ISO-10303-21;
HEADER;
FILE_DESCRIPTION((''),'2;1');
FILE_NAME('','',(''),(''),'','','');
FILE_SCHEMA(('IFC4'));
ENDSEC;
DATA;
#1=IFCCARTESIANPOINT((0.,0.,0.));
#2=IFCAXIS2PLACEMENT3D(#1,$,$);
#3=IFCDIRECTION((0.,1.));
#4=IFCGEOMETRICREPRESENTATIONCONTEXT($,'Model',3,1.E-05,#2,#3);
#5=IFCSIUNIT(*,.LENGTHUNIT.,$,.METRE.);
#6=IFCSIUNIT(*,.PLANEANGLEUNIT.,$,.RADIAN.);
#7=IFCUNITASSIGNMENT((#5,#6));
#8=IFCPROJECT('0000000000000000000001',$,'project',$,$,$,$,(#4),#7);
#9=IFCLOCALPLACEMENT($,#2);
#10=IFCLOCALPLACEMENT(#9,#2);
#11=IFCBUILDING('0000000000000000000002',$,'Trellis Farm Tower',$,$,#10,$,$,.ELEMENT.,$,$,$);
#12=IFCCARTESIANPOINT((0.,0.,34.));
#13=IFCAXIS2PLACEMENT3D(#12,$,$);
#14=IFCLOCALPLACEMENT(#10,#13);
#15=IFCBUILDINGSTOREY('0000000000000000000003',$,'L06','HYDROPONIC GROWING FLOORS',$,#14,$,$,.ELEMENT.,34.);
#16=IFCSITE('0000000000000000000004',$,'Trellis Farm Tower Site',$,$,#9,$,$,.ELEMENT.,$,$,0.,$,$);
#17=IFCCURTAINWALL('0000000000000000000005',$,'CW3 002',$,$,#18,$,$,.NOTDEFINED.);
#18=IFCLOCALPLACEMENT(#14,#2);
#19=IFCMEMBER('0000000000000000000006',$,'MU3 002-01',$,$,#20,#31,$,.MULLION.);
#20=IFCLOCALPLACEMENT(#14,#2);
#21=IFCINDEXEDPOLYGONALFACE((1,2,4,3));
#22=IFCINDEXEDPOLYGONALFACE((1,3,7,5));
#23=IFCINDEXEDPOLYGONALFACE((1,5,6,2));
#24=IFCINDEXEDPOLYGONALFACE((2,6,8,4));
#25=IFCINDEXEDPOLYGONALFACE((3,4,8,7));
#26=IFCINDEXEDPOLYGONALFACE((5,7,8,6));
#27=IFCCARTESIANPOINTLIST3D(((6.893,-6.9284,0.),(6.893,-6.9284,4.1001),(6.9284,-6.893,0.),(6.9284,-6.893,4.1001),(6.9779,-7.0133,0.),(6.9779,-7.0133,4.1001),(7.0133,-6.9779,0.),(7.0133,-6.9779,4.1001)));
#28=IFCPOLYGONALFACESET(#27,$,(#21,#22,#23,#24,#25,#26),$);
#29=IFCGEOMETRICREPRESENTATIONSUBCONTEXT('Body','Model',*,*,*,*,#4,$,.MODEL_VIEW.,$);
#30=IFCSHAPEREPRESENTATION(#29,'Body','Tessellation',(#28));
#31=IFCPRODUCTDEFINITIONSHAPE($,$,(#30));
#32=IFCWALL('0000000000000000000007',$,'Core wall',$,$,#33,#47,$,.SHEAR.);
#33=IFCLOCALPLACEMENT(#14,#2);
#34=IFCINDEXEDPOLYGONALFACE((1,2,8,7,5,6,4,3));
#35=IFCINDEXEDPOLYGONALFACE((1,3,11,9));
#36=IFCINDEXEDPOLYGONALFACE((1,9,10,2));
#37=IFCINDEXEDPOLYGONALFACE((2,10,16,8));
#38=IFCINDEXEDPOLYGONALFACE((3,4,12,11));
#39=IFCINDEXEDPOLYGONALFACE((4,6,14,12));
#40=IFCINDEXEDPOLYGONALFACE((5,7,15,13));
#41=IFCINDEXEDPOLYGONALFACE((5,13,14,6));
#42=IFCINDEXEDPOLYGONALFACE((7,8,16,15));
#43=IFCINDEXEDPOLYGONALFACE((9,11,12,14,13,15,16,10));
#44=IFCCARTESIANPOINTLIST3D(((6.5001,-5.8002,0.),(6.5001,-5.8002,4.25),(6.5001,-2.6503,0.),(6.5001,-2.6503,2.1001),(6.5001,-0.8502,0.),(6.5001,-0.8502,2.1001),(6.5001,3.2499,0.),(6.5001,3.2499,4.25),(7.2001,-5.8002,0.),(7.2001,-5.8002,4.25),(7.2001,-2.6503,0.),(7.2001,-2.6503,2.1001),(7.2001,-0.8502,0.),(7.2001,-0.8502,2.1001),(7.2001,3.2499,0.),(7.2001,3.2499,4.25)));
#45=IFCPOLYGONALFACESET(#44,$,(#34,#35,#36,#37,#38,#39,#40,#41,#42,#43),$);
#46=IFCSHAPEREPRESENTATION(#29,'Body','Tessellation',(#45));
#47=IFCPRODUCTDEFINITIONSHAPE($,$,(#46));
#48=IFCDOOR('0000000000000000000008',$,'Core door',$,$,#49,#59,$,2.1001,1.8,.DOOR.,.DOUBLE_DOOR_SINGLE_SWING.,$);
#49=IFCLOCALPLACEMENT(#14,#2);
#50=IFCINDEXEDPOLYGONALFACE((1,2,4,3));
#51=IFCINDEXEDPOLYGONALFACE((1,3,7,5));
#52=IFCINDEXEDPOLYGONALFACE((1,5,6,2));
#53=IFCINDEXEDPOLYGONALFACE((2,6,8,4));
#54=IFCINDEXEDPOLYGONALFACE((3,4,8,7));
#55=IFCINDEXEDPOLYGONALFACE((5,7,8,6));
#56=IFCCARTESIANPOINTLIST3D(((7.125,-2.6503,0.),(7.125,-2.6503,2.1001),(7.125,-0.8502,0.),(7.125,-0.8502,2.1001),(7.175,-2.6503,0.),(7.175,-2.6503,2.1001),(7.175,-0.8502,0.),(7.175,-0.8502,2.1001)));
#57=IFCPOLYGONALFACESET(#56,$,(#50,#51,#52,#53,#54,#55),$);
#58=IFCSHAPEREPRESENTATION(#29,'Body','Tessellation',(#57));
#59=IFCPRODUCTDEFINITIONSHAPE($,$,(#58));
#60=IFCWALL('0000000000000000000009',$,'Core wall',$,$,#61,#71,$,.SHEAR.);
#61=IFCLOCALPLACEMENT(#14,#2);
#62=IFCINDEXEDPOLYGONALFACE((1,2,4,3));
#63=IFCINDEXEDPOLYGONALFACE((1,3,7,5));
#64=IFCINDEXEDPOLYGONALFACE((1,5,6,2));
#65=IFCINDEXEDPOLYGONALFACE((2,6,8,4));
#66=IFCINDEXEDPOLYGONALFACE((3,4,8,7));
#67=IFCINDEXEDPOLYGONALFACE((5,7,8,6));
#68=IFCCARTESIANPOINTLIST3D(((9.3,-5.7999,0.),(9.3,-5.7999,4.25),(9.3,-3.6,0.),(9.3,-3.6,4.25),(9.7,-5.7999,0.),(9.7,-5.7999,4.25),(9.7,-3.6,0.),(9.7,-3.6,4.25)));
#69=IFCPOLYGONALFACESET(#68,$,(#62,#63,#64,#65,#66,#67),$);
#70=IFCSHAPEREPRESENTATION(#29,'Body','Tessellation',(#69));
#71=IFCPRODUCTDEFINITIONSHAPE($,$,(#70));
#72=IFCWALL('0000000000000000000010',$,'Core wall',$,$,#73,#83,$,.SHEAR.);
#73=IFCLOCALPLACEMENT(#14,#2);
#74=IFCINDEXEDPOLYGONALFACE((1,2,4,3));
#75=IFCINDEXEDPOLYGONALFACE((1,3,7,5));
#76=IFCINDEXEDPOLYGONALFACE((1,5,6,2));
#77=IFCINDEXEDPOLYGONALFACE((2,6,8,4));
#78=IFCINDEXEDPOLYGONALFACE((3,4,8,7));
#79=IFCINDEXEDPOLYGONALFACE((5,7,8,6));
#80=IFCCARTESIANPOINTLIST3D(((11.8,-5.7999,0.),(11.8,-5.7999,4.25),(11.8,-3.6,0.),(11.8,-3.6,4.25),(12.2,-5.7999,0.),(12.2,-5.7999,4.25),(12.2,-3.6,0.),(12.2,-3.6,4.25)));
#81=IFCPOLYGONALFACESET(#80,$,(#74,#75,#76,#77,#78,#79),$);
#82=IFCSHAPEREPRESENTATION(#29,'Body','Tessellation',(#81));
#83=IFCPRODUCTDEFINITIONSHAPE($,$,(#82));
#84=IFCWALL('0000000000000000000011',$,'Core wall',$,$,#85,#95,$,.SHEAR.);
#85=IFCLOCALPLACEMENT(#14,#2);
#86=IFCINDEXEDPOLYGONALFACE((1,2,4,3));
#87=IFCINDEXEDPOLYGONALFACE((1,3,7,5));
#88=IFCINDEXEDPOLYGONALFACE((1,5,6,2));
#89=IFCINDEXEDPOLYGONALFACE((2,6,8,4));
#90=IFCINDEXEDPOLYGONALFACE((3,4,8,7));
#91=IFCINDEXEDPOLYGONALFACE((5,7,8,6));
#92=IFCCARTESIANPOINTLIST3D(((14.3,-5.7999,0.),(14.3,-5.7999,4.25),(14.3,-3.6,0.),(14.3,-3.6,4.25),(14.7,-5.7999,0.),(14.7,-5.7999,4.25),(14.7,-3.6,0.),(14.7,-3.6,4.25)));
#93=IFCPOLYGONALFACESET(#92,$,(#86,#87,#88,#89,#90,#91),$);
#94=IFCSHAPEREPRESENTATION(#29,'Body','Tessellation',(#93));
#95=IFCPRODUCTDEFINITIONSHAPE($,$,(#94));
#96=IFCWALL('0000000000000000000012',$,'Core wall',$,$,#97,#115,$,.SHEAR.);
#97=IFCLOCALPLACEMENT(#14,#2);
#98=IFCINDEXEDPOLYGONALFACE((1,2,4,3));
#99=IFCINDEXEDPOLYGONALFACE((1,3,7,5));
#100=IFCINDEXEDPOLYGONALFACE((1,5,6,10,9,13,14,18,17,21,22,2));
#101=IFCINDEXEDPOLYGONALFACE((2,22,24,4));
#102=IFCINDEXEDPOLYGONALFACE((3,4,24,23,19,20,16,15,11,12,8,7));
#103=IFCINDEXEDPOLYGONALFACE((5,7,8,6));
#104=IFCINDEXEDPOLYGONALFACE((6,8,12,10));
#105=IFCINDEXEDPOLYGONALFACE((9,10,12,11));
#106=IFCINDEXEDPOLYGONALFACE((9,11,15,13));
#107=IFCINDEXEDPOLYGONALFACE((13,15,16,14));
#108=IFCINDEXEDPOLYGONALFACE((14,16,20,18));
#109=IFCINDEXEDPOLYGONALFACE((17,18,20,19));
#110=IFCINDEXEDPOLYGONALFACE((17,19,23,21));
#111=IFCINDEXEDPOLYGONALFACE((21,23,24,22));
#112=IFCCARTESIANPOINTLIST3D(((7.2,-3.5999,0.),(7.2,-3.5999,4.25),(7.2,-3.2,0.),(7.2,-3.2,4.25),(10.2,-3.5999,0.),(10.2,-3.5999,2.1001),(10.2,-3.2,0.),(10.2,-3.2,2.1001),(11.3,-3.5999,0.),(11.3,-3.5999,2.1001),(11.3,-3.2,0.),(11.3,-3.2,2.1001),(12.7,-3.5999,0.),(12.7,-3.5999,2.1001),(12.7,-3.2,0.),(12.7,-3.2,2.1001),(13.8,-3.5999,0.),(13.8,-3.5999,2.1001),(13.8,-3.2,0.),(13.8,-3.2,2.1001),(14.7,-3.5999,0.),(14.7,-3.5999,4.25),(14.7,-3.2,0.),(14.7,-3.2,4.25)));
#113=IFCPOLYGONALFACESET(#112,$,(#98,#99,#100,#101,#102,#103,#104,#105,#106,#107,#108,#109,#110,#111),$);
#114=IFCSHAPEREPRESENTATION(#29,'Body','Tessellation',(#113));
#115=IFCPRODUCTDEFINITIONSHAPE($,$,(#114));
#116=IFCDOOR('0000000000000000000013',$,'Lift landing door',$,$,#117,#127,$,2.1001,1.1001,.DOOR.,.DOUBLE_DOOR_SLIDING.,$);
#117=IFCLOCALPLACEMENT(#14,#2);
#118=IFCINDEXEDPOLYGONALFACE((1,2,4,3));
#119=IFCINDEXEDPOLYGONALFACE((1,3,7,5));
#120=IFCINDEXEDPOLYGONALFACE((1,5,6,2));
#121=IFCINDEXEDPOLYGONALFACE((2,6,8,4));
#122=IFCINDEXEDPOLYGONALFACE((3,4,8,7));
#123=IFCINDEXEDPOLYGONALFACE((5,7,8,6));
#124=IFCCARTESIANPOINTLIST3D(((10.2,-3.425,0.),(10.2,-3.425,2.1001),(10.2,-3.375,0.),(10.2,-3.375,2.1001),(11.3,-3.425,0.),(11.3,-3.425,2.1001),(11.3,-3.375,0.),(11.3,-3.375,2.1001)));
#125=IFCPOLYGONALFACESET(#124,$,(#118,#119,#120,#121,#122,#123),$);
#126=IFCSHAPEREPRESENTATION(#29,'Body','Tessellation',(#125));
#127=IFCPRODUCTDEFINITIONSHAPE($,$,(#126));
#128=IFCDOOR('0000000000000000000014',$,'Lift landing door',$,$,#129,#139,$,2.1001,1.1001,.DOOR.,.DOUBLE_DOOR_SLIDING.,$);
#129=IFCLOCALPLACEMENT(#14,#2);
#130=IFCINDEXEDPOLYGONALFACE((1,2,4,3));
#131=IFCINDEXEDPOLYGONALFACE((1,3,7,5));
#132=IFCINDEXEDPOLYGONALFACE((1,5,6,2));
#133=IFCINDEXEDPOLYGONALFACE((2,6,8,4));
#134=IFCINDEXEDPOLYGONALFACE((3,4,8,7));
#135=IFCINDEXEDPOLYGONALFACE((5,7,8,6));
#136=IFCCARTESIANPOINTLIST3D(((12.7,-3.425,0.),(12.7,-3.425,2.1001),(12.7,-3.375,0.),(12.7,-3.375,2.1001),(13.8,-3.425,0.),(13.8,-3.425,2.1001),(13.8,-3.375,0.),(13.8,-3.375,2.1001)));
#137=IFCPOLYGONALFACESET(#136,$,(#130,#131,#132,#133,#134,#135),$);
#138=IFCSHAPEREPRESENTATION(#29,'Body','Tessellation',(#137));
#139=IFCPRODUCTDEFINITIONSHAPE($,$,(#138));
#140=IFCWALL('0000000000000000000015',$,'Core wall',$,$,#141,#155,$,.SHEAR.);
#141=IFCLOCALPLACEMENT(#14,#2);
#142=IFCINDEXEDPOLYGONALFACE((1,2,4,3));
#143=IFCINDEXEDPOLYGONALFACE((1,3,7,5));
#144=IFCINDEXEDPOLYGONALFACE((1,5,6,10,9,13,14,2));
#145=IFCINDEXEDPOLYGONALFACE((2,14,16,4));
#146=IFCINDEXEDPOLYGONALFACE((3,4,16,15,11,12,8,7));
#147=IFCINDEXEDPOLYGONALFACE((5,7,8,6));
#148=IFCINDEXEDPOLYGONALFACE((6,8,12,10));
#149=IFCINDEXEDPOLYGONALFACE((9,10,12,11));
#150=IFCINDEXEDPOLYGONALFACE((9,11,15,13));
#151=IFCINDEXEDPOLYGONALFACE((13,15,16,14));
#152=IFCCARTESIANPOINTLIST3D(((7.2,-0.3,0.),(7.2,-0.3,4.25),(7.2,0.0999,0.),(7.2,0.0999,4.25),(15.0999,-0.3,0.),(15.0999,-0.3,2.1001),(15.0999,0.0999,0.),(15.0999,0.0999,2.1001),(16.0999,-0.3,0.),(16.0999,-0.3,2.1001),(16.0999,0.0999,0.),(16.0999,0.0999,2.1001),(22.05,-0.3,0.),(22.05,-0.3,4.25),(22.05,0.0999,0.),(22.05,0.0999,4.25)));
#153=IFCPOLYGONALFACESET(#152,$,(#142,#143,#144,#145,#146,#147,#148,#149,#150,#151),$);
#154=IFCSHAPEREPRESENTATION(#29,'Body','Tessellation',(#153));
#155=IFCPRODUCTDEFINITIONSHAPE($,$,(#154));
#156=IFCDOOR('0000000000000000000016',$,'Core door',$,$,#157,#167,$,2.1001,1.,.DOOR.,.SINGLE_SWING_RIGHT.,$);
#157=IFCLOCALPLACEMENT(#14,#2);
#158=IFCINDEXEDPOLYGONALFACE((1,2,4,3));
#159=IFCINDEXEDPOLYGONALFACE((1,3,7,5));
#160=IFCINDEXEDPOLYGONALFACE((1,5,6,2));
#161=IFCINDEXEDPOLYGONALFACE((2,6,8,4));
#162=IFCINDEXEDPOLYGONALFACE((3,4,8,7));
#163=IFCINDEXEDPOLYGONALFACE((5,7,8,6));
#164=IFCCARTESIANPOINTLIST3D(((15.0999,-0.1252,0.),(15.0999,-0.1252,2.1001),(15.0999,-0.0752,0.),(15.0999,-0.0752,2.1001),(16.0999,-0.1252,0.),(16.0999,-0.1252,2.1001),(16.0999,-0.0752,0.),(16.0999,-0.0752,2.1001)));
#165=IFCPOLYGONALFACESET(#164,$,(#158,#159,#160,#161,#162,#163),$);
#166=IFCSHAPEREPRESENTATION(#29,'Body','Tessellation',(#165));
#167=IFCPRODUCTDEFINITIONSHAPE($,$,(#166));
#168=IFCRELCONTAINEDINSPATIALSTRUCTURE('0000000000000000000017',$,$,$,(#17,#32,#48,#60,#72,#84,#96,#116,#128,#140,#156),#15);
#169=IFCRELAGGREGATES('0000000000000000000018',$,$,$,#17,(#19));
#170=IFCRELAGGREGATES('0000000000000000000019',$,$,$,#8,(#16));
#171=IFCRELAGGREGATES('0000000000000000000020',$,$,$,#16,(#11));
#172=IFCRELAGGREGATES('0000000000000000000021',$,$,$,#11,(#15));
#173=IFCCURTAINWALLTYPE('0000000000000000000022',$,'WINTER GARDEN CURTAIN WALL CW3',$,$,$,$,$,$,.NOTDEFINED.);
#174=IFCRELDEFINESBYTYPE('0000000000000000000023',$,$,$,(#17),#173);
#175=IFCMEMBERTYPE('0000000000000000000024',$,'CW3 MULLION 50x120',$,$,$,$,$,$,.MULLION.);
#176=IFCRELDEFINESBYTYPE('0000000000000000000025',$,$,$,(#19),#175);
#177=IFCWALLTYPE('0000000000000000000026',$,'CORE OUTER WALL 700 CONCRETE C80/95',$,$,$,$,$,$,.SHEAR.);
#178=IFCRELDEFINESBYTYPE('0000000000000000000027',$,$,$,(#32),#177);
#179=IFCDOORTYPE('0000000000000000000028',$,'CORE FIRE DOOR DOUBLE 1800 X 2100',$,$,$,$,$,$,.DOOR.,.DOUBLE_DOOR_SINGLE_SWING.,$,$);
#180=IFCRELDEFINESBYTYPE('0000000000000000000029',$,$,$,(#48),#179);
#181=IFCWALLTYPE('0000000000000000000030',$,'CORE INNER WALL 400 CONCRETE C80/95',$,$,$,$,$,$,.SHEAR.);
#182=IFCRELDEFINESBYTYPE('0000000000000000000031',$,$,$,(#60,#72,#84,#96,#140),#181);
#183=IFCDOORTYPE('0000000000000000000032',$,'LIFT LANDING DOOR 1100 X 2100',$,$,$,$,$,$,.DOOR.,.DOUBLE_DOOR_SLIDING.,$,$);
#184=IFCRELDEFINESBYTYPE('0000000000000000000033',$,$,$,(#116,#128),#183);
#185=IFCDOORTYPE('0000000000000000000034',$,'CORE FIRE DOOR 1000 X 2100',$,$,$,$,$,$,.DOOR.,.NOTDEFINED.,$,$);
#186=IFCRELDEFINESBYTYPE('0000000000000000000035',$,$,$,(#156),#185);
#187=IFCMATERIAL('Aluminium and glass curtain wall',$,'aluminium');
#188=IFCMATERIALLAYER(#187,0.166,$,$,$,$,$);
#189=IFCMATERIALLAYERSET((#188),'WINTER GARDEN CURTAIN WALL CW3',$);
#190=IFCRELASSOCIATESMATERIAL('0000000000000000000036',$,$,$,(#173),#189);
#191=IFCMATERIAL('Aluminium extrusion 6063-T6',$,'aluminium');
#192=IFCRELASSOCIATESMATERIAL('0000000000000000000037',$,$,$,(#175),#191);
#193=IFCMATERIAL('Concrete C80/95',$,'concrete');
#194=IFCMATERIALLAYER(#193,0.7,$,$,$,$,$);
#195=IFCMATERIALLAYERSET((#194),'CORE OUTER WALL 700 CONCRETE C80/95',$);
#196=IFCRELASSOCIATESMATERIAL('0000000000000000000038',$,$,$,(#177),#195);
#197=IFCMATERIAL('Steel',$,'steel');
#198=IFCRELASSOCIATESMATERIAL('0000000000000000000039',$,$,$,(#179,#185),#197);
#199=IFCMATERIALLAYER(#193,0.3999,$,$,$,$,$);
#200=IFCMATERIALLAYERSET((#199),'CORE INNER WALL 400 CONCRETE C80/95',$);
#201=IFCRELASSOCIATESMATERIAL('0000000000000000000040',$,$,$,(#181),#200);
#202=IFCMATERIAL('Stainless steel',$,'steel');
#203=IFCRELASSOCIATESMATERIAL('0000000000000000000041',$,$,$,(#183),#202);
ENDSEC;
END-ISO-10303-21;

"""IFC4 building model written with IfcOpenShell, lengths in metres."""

from ifc_helpers import new_model, si_unit, direction, frame, frame_2d, origin, origin_2d, place, context, subcontext, project, spatial, rectangle, extrude, source, transform, mapped, material, layer, layer_set, material_profile, profile_set, type_object, element, fill, aggregate, save


model = new_model("IFC4")

# Units and contexts
model_context = context("Model", 3, precision=1e-05, world=origin(), true_north=direction((0.0, 1.0)))
body_context = subcontext(model_context, "Body", "Model", "MODEL_VIEW")
ifc_project = project(units=[si_unit("LENGTHUNIT", "METRE"), si_unit("PLANEANGLEUNIT", "RADIAN")], contexts=[model_context])

# Site, building, storey
site_placement = place(None, origin())
site = spatial("IfcSite", under=ifc_project, at=site_placement, Name="Trellis Farm Tower Site", CompositionType="ELEMENT", RefElevation=0.0)
building_placement = place(site_placement, origin())
building = spatial("IfcBuilding", under=site, at=building_placement, Name="Trellis Farm Tower", CompositionType="ELEMENT")
storey_placement = place(building_placement, frame((0.0, 0.0, 34.0)))
storey = spatial("IfcBuildingStorey", under=building, at=storey_placement, Name="L06", Description="HYDROPONIC GROWING FLOORS", CompositionType="ELEMENT", Elevation=34.0)

# Curtain wall, member
ifc_material_1 = material(Name="Aluminium and glass curtain wall", Category="aluminium")
ifc_layer_1 = layer(ifc_material_1, 0.166)
ifc_layer_set_1 = layer_set([ifc_layer_1], Name="WINTER GARDEN CURTAIN WALL CW3")
curtain_wall_type = type_object("IfcCurtainWallType", Name="WINTER GARDEN CURTAIN WALL CW3", PredefinedType="NOTDEFINED", material=ifc_layer_set_1)
placement = place(storey_placement, origin())
curtain_wall = element("IfcCurtainWall", 1, at=placement, inside=storey, type_object=curtain_wall_type, Name="CW3 002", PredefinedType="NOTDEFINED")
ifc_material_2 = material(Name="Aluminium extrusion 6063-T6", Category="aluminium")
ifc_material_profile = material_profile(ifc_material_2, rectangle(XDim=0.05, YDim=0.1201, at=origin_2d()), Name="MULLION 50x120")
ifc_profile_set = profile_set([ifc_material_profile], Name="Aluminium extrusion 6063-T6")
member_type = type_object("IfcMemberType", Name="CW3 MULLION 50x120", PredefinedType="MULLION", material=ifc_profile_set)
shared_shape_1 = source(origin(), body_context, "Body", "SweptSolid", [
    extrude(rectangle(XDim=0.05, YDim=0.1201, at=origin_2d()), origin(), (0.0, 0.0, 1.0), 4.1001),
])
member_placement = place(storey_placement, frame((6.9531, -6.9531, 0.0), z_axis=(0.0, 0.0, 1.0), x_axis=(0.707107, 0.707107, 0.0)))
member = element("IfcMember", 2, at=member_placement, type_object=member_type, Name="MU3 002-01", PredefinedType="MULLION", context=body_context, shape_type="MappedRepresentation", body=[
    mapped(shared_shape_1, transform((0.0, 0.0, 0.0))),
])
aggregate(curtain_wall, [member])

# Wall, opening, door
ifc_material_3 = material(Name="Concrete C80/95", Category="concrete")
ifc_layer_2 = layer(ifc_material_3, 0.7)
ifc_layer_set_2 = layer_set([ifc_layer_2], Name="CORE OUTER WALL 700 CONCRETE C80/95")
wall_type_1 = type_object("IfcWallType", Name="CORE OUTER WALL 700 CONCRETE C80/95", PredefinedType="SHEAR", material=ifc_layer_set_2)
shared_shape_2 = source(origin(), body_context, "Body", "SweptSolid", [
    extrude(rectangle(XDim=9.05, YDim=0.7, at=frame_2d((4.5249, 0.0))), origin(), (0.0, 0.0, 1.0), 4.25),
])
wall_1_placement = place(storey_placement, frame((6.8501, -5.8, 0.0), z_axis=(0.0, 0.0, 1.0), x_axis=(0.0, 1.0, 0.0)))
wall_1 = element("IfcWall", 3, at=wall_1_placement, inside=storey, type_object=wall_type_1, Name="Core wall", PredefinedType="SHEAR", context=body_context, shape_type="MappedRepresentation", body=[
    mapped(shared_shape_2, transform((0.0, 0.0, 0.0))),
])
shared_shape_3 = source(origin(), body_context, "Body", "SweptSolid", [
    extrude(rectangle(XDim=1.8, YDim=2.1001, at=frame_2d((0.8999, 1.05))), frame((0.0, 0.3601, 0.0), z_axis=(0.0, -1.0, 0.0), x_axis=(1.0, 0.0, 0.0)), (0.0, 0.0, 1.0), 0.7202),
])
opening_1_placement = place(wall_1_placement, frame((3.1499, 0.0, 0.0)))
opening_1 = element("IfcOpeningElement", 4, at=opening_1_placement, cuts=wall_1, PredefinedType="OPENING", context=body_context, shape_type="MappedRepresentation", body=[
    mapped(shared_shape_3, transform((0.0, 0.0, 0.0))),
])
ifc_material_4 = material(Name="Steel", Category="steel")
door_type_1 = type_object("IfcDoorType", Name="CORE FIRE DOOR DOUBLE 1800 X 2100", OperationType="DOUBLE_DOOR_SINGLE_SWING", PredefinedType="DOOR", material=ifc_material_4)
shared_shape_4 = source(origin(), body_context, "Body", "SweptSolid", [
    extrude(rectangle(XDim=1.8, YDim=2.1001, at=frame_2d((0.8999, 1.05))), frame((0.0, -0.2749, 0.0), z_axis=(0.0, -1.0, 0.0), x_axis=(1.0, 0.0, 0.0)), (0.0, 0.0, 1.0), 0.05),
])
door_1_placement = place(opening_1_placement, origin())
door_1 = element("IfcDoor", 5, at=door_1_placement, inside=storey, type_object=door_type_1, Name="Core door", OperationType="DOUBLE_DOOR_SINGLE_SWING", OverallHeight=2.1001, OverallWidth=1.8, PredefinedType="DOOR", context=body_context, shape_type="MappedRepresentation", body=[
    mapped(shared_shape_4, transform((0.0, 0.0, 0.0))),
])
fill(opening_1, door_1)

# Walls
ifc_layer_3 = layer(ifc_material_3, 0.3999)
ifc_layer_set_3 = layer_set([ifc_layer_3], Name="CORE INNER WALL 400 CONCRETE C80/95")
wall_type_2 = type_object("IfcWallType", Name="CORE INNER WALL 400 CONCRETE C80/95", PredefinedType="SHEAR", material=ifc_layer_set_3)
shared_shape_5 = source(origin(), body_context, "Body", "SweptSolid", [
    extrude(rectangle(XDim=2.2, YDim=0.3999, at=frame_2d((1.1001, 0.0))), origin(), (0.0, 0.0, 1.0), 4.25),
])
for number, where, z_axis, x_axis, name in (
    (6, (9.5, -5.8, 0.0), (0.0, 0.0, 1.0), (0.0, 1.0, 0.0), "Core wall"),
    (7, (12.0, -5.8, 0.0), (0.0, 0.0, 1.0), (0.0, 1.0, 0.0), "Core wall"),
    (8, (14.5, -5.8, 0.0), (0.0, 0.0, 1.0), (0.0, 1.0, 0.0), "Core wall"),
):
    element("IfcWall", number, at=place(storey_placement, frame(where, z_axis=z_axis, x_axis=x_axis)), inside=storey, type_object=wall_type_2, Name=name, PredefinedType="SHEAR", context=body_context, shape_type="MappedRepresentation", body=[
        mapped(shared_shape_5, transform((0.0, 0.0, 0.0))),
    ])

# Wall, openings, doors
shared_shape_6 = source(origin(), body_context, "Body", "SweptSolid", [
    extrude(rectangle(XDim=7.5, YDim=0.3999, at=frame_2d((3.75, 0.0))), origin(), (0.0, 0.0, 1.0), 4.25),
])
wall_2_placement = place(storey_placement, frame((7.2, -3.3999, 0.0), z_axis=(0.0, 0.0, 1.0), x_axis=(1.0, 0.0, 0.0)))
wall_2 = element("IfcWall", 9, at=wall_2_placement, inside=storey, type_object=wall_type_2, Name="Core wall", PredefinedType="SHEAR", context=body_context, shape_type="MappedRepresentation", body=[
    mapped(shared_shape_6, transform((0.0, 0.0, 0.0))),
])
shared_shape_7 = source(origin(), body_context, "Body", "SweptSolid", [
    extrude(rectangle(XDim=1.1001, YDim=2.1001, at=frame_2d((0.55, 1.05))), frame((0.0, 0.21, 0.0), z_axis=(0.0, -1.0, 0.0), x_axis=(1.0, 0.0, 0.0)), (0.0, 0.0, 1.0), 0.4199),
])
opening_2_placement = place(wall_2_placement, frame((3.0, 0.0, 0.0)))
opening_2 = element("IfcOpeningElement", 10, at=opening_2_placement, cuts=wall_2, PredefinedType="OPENING", context=body_context, shape_type="MappedRepresentation", body=[
    mapped(shared_shape_7, transform((0.0, 0.0, 0.0))),
])
opening_3_placement = place(wall_2_placement, frame((5.5, 0.0, 0.0)))
opening_3 = element("IfcOpeningElement", 11, at=opening_3_placement, cuts=wall_2, PredefinedType="OPENING", context=body_context, shape_type="MappedRepresentation", body=[
    mapped(shared_shape_7, transform((0.0, 0.0, 0.0))),
])
ifc_material_5 = material(Name="Stainless steel", Category="steel")
door_type_2 = type_object("IfcDoorType", Name="LIFT LANDING DOOR 1100 X 2100", OperationType="DOUBLE_DOOR_SLIDING", PredefinedType="DOOR", material=ifc_material_5)
shared_shape_8 = source(origin(), body_context, "Body", "SweptSolid", [
    extrude(rectangle(XDim=1.1001, YDim=2.1001, at=frame_2d((0.55, 1.05))), frame((0.0, 0.0249, 0.0), z_axis=(0.0, -1.0, 0.0), x_axis=(1.0, 0.0, 0.0)), (0.0, 0.0, 1.0), 0.05),
])
door_2_placement = place(opening_2_placement, origin())
door_2 = element("IfcDoor", 12, at=door_2_placement, inside=storey, type_object=door_type_2, Name="Lift landing door", OperationType="DOUBLE_DOOR_SLIDING", OverallHeight=2.1001, OverallWidth=1.1001, PredefinedType="DOOR", context=body_context, shape_type="MappedRepresentation", body=[
    mapped(shared_shape_8, transform((0.0, 0.0, 0.0))),
])
fill(opening_2, door_2)
door_3_placement = place(opening_3_placement, origin())
door_3 = element("IfcDoor", 13, at=door_3_placement, inside=storey, type_object=door_type_2, Name="Lift landing door", OperationType="DOUBLE_DOOR_SLIDING", OverallHeight=2.1001, OverallWidth=1.1001, PredefinedType="DOOR", context=body_context, shape_type="MappedRepresentation", body=[
    mapped(shared_shape_8, transform((0.0, 0.0, 0.0))),
])
fill(opening_3, door_3)

# Wall, opening, door
shared_shape_9 = source(origin(), body_context, "Body", "SweptSolid", [
    extrude(rectangle(XDim=14.8501, YDim=0.3999, at=frame_2d((7.425, 0.0))), origin(), (0.0, 0.0, 1.0), 4.25),
])
wall_3_placement = place(storey_placement, frame((7.2, -0.1001, 0.0), z_axis=(0.0, 0.0, 1.0), x_axis=(1.0, 0.0, 0.0)))
wall_3 = element("IfcWall", 14, at=wall_3_placement, inside=storey, type_object=wall_type_2, Name="Core wall", PredefinedType="SHEAR", context=body_context, shape_type="MappedRepresentation", body=[
    mapped(shared_shape_9, transform((0.0, 0.0, 0.0))),
])
shared_shape_10 = source(origin(), body_context, "Body", "SweptSolid", [
    extrude(rectangle(XDim=1.0, YDim=2.1001, at=frame_2d((0.5, 1.05))), frame((0.0, 0.21, 0.0), z_axis=(0.0, -1.0, 0.0), x_axis=(1.0, 0.0, 0.0)), (0.0, 0.0, 1.0), 0.4199),
])
opening_4_placement = place(wall_3_placement, frame((7.8999, 0.0, 0.0)))
opening_4 = element("IfcOpeningElement", 15, at=opening_4_placement, cuts=wall_3, PredefinedType="OPENING", context=body_context, shape_type="MappedRepresentation", body=[
    mapped(shared_shape_10, transform((0.0, 0.0, 0.0))),
])
door_type_3 = type_object("IfcDoorType", Name="CORE FIRE DOOR 1000 X 2100", OperationType="NOTDEFINED", PredefinedType="DOOR", material=ifc_material_4)
shared_shape_11 = source(origin(), body_context, "Body", "SweptSolid", [
    extrude(rectangle(XDim=1.0, YDim=2.1001, at=frame_2d((0.5, 1.05))), frame((0.0, 0.0249, 0.0), z_axis=(0.0, -1.0, 0.0), x_axis=(1.0, 0.0, 0.0)), (0.0, 0.0, 1.0), 0.05),
])
door_4_placement = place(opening_4_placement, origin())
door_4 = element("IfcDoor", 16, at=door_4_placement, inside=storey, type_object=door_type_3, Name="Core door", OperationType="SINGLE_SWING_RIGHT", OverallHeight=2.1001, OverallWidth=1.0, PredefinedType="DOOR", context=body_context, shape_type="MappedRepresentation", body=[
    mapped(shared_shape_11, transform((0.0, 0.0, 0.0))),
])
fill(opening_4, door_4)

save(model, "model.ifc")
